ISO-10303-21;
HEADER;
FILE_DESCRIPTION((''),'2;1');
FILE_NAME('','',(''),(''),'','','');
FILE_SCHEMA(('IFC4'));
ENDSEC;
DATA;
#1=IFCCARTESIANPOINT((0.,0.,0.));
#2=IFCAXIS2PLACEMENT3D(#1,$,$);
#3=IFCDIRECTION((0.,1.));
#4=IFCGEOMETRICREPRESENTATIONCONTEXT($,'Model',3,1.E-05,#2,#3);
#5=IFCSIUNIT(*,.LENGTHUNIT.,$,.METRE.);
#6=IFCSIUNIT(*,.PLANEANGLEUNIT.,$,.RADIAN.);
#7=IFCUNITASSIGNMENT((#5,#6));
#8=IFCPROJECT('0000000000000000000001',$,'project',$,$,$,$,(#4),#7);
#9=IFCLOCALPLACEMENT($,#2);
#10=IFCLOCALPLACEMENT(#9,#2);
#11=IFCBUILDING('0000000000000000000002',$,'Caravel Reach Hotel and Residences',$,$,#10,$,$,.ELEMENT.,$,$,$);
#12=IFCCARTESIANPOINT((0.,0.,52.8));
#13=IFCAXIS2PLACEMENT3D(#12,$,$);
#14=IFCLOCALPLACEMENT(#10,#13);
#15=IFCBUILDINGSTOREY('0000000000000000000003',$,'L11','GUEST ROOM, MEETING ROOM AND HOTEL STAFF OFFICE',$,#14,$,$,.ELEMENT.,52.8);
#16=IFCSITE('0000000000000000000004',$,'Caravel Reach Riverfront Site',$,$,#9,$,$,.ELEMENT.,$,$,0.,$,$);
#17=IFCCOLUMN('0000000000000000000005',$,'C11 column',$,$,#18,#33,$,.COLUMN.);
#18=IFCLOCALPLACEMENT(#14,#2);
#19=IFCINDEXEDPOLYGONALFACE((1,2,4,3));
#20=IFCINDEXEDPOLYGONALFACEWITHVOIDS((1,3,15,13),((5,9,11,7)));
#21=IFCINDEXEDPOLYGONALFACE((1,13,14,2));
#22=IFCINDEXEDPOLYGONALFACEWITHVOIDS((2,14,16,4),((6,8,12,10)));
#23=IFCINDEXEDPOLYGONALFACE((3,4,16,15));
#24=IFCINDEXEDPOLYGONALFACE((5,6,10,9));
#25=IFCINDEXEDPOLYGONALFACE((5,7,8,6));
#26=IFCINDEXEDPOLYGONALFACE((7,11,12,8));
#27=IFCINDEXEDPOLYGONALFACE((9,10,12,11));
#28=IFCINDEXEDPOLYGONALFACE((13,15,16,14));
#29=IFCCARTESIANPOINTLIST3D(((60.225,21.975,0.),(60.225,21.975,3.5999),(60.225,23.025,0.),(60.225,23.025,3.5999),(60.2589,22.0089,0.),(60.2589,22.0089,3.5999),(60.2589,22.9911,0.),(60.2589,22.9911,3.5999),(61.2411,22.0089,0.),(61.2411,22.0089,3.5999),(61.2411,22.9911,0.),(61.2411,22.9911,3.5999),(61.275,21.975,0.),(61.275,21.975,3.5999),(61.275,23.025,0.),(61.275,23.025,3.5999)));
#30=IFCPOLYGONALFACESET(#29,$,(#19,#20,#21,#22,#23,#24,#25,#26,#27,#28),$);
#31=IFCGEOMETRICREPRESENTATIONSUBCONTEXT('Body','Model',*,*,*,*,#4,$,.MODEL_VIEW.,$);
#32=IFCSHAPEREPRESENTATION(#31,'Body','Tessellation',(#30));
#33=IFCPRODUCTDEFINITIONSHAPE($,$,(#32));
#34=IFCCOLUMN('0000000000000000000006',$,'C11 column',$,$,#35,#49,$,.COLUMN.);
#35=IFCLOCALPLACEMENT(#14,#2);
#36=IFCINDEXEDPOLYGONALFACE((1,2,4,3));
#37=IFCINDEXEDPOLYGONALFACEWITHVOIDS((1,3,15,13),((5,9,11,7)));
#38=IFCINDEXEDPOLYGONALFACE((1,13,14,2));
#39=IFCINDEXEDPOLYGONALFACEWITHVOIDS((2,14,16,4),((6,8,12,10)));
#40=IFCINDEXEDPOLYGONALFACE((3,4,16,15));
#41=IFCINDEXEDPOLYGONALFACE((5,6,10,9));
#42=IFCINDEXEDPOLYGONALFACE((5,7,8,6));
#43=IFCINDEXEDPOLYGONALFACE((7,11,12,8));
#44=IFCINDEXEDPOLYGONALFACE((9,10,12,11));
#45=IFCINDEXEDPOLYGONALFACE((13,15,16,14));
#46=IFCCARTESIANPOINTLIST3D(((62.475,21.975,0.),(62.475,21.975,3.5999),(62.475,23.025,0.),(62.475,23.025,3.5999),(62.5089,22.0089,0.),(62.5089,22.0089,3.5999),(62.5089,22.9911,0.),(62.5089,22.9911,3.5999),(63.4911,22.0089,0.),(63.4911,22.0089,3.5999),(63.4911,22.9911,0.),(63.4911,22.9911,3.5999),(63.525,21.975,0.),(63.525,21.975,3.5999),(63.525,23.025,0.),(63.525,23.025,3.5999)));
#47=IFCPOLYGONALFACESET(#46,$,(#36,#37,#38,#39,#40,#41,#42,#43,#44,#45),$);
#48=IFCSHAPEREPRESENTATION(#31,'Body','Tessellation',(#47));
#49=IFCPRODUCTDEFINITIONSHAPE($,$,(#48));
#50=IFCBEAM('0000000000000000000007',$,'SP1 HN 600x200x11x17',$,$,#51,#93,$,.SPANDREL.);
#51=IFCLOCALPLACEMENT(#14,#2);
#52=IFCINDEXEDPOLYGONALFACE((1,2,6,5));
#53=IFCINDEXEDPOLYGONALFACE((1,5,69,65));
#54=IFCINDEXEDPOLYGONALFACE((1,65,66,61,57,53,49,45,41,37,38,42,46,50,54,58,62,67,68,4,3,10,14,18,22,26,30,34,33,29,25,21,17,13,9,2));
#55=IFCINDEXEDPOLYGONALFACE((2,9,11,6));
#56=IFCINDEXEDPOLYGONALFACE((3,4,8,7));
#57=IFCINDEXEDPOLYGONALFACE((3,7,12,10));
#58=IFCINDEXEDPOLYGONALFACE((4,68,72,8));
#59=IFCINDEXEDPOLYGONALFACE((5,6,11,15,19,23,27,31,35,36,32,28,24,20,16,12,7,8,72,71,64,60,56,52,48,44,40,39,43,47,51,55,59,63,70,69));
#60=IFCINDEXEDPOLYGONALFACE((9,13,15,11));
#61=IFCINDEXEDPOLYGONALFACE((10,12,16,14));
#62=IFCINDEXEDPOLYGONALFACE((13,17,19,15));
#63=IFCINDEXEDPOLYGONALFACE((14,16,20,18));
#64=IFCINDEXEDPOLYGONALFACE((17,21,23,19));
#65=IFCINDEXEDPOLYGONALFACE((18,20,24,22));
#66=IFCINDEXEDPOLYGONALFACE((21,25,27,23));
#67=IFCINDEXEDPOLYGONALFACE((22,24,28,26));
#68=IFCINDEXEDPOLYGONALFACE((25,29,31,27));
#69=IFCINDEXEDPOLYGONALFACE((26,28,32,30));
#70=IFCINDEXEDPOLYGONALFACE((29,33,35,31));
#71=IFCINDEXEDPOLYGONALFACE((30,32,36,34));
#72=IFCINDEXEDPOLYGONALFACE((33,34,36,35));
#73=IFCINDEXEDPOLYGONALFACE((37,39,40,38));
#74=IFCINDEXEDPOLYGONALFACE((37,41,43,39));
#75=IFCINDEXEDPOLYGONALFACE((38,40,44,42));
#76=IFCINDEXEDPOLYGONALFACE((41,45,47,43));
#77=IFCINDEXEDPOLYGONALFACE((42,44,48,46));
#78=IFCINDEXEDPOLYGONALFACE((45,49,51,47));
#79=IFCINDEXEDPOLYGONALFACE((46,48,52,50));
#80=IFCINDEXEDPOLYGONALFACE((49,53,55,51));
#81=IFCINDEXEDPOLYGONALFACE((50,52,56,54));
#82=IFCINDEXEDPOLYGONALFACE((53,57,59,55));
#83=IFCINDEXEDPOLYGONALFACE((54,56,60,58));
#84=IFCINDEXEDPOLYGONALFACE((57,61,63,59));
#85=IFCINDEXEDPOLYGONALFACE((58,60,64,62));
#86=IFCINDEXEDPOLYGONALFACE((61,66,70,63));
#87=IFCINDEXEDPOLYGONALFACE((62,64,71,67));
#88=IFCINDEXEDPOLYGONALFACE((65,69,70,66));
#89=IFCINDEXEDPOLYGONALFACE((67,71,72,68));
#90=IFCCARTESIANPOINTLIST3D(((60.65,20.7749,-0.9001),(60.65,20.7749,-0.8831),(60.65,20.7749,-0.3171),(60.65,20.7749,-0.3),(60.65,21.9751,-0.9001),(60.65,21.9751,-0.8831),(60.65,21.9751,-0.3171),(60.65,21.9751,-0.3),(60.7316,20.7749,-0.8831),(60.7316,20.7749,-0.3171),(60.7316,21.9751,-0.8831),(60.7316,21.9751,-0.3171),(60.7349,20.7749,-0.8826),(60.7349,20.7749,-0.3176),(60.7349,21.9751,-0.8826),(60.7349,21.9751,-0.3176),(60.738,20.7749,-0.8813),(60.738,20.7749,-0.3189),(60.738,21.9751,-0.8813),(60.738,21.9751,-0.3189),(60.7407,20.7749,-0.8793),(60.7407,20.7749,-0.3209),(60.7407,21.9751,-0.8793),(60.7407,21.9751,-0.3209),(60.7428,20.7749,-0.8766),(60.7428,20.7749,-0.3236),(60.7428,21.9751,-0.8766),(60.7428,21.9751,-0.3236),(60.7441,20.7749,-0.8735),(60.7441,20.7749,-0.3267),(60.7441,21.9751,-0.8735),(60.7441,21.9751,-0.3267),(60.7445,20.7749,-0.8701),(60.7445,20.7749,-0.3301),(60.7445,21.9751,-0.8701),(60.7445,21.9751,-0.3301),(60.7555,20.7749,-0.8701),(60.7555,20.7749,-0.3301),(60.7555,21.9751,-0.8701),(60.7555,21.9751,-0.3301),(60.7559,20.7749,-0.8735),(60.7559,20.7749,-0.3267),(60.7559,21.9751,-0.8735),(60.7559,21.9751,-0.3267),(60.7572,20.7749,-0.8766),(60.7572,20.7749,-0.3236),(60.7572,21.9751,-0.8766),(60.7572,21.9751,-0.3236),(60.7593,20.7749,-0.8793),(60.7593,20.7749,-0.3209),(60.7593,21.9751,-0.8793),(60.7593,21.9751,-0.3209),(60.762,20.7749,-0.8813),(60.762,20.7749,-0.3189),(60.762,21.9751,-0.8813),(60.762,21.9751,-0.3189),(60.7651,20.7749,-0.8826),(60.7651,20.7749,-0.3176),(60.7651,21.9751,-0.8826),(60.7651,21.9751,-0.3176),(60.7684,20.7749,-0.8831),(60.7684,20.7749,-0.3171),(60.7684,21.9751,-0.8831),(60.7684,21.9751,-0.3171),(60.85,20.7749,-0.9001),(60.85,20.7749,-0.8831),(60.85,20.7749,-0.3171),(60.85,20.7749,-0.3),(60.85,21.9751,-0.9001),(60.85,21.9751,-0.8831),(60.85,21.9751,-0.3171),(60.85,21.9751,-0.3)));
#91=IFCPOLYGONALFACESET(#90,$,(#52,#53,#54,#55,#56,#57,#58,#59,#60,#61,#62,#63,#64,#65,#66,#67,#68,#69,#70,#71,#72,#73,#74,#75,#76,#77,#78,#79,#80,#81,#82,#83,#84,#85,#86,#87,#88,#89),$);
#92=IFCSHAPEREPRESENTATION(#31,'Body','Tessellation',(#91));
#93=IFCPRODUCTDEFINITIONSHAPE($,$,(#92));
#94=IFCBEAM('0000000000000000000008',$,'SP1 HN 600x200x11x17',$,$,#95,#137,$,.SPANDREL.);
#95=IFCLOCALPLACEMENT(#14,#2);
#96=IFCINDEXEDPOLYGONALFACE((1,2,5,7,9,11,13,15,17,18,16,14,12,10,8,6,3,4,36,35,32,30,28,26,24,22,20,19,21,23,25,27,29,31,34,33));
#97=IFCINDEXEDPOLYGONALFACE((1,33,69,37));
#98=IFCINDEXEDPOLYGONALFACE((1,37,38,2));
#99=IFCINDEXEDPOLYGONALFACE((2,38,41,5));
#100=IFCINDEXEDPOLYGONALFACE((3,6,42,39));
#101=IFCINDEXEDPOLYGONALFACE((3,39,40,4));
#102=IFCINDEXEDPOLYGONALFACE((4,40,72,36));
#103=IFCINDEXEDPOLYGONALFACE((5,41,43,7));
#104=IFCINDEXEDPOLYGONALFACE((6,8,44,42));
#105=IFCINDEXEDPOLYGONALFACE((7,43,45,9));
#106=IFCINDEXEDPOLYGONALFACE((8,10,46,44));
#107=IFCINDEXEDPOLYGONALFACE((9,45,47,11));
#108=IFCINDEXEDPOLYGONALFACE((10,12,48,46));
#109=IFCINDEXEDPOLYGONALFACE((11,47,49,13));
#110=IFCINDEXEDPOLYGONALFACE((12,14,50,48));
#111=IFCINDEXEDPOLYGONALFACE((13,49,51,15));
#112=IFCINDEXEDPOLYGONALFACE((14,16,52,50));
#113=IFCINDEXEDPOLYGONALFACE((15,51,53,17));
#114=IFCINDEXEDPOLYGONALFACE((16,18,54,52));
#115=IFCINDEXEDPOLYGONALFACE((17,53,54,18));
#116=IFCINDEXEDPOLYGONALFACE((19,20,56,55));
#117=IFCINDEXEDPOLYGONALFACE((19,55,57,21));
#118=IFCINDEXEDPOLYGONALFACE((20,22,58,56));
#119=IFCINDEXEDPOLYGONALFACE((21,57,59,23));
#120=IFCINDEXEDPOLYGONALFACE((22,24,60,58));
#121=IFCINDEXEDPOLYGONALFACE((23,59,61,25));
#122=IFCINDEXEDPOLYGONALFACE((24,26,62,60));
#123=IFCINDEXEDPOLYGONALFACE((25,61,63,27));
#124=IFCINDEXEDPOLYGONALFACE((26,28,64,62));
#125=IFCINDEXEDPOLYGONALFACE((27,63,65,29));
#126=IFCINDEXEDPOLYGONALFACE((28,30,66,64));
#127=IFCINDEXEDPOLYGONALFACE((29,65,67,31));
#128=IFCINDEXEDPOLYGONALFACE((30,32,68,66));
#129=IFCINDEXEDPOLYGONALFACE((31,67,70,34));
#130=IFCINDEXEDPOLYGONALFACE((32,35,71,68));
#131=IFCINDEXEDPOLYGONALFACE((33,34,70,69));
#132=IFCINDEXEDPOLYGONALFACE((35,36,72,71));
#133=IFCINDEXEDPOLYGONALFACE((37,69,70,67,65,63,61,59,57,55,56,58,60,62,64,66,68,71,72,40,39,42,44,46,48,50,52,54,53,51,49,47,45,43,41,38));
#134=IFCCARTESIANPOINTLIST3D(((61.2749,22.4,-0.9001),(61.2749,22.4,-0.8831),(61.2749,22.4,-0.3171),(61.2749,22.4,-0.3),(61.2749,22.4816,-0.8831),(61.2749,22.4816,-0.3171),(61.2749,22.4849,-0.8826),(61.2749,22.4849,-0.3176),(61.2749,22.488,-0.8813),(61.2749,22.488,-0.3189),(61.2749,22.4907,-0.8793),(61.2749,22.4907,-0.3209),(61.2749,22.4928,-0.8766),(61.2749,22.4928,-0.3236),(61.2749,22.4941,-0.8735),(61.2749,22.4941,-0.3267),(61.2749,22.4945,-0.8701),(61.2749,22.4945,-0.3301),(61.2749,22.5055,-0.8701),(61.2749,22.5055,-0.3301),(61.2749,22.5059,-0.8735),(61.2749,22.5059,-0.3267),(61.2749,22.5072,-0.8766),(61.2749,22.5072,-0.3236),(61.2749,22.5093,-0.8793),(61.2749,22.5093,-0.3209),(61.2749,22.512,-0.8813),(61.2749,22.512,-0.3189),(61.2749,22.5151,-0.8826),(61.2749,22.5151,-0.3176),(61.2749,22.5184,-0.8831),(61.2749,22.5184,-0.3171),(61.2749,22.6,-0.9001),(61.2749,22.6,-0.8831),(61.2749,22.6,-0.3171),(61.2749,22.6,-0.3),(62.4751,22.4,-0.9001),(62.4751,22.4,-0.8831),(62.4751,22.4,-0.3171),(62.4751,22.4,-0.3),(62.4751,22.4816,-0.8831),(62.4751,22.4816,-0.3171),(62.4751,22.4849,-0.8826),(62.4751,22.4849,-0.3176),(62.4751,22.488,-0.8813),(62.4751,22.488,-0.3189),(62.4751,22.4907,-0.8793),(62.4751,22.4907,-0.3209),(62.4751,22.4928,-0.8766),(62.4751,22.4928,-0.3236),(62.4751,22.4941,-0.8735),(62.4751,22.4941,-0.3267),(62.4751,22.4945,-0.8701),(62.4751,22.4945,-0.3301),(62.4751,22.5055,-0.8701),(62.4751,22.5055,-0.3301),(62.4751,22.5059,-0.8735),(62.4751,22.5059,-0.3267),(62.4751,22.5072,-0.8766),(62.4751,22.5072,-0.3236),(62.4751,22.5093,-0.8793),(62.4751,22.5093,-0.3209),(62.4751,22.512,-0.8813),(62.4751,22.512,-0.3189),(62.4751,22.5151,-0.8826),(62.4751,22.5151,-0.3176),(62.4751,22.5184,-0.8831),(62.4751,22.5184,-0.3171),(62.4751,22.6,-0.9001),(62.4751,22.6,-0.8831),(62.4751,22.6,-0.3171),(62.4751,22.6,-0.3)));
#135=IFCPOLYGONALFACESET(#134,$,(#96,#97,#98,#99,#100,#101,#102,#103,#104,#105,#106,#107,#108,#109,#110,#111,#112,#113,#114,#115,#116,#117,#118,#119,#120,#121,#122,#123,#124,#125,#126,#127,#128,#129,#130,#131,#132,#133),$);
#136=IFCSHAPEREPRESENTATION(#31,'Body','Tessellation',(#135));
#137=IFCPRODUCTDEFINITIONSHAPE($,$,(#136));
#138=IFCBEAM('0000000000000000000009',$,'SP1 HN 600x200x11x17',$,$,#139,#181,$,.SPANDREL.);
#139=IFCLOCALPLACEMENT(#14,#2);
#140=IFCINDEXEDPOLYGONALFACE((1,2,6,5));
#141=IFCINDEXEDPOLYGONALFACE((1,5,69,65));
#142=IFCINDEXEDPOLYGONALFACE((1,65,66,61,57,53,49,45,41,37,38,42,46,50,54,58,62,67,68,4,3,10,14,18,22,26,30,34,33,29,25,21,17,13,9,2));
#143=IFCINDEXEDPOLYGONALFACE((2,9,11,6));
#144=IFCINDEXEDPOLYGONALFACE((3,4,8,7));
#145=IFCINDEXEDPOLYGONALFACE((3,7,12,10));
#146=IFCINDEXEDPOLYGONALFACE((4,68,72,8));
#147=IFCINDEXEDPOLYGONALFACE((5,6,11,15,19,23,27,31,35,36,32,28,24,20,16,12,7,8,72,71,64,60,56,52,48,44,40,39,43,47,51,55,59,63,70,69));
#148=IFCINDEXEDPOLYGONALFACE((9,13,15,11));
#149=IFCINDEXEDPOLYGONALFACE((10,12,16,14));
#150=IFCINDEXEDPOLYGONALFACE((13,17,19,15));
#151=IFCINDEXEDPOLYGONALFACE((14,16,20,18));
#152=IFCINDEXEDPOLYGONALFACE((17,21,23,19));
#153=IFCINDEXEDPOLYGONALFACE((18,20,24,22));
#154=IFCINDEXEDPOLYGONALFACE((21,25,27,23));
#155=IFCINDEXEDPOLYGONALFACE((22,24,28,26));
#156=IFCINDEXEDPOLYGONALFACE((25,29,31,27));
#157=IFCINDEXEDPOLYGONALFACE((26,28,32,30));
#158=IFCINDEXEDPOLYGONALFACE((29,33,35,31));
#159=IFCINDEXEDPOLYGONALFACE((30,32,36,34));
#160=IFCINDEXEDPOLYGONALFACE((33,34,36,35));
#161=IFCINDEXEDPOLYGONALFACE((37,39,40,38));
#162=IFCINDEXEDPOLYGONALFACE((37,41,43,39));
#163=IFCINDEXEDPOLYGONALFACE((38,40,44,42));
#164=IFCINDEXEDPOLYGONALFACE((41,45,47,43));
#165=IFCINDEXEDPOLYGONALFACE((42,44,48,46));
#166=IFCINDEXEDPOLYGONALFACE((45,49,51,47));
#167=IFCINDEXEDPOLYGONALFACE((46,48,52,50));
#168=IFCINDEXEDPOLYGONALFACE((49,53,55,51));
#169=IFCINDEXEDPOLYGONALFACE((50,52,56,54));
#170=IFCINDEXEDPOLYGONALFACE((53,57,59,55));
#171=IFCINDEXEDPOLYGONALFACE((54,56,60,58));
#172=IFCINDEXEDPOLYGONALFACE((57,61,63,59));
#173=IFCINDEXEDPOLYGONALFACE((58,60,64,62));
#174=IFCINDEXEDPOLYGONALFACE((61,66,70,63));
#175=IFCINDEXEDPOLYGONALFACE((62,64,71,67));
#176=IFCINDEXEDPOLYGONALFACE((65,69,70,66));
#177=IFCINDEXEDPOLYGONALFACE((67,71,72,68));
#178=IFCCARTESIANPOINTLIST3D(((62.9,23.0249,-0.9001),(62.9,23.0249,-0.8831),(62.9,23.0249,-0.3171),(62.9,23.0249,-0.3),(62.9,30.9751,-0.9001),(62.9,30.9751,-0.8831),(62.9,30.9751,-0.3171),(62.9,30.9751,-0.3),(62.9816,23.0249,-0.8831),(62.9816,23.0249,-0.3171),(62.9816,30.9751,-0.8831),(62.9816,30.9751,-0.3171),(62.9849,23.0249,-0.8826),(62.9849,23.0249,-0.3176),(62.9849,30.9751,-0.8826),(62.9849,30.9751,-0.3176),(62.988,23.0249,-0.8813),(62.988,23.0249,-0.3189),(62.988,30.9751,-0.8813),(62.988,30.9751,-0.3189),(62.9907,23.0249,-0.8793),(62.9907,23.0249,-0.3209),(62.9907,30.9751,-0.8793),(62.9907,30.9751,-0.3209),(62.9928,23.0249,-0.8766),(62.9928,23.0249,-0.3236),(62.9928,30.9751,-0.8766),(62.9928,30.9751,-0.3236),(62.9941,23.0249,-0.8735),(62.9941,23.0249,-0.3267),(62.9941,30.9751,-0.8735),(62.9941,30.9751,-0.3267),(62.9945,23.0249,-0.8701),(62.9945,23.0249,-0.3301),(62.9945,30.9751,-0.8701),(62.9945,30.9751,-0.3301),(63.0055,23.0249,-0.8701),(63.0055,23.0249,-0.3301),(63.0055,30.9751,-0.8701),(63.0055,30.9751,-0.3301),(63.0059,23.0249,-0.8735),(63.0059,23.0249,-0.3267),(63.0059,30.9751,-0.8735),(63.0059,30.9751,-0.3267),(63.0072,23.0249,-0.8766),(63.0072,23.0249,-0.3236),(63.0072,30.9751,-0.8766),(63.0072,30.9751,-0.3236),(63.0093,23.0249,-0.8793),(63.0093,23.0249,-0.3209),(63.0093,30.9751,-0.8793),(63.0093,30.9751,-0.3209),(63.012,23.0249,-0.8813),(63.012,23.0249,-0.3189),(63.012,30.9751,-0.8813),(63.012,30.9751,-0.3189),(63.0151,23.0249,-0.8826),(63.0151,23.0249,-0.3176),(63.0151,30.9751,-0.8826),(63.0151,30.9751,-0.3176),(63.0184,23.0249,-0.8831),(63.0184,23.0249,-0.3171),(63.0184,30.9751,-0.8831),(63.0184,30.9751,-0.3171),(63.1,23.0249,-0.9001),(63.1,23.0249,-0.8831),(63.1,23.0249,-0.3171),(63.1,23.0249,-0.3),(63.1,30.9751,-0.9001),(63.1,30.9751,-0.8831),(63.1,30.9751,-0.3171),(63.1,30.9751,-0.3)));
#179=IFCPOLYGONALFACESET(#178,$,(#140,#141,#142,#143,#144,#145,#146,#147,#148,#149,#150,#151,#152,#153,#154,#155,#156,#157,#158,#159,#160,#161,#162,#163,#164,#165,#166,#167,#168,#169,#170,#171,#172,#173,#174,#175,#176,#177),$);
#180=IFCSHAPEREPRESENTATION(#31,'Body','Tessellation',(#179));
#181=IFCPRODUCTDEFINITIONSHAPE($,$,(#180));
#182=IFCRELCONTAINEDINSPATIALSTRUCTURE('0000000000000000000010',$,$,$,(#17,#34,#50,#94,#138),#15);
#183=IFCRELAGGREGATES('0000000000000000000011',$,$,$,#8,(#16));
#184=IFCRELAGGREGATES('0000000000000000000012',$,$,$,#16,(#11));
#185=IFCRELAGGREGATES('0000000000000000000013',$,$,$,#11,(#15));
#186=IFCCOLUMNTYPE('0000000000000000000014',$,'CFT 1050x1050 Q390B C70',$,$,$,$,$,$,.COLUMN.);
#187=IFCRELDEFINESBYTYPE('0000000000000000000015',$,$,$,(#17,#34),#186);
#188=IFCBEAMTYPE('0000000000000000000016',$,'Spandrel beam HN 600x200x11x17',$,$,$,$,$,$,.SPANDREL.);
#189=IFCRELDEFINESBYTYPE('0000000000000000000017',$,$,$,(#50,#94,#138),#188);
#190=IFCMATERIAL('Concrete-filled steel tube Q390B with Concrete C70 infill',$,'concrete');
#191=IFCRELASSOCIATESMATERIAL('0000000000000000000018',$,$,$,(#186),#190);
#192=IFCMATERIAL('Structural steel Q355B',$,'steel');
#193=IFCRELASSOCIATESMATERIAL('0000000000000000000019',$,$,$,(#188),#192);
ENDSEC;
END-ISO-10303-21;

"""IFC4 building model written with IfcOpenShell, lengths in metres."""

from ifc_helpers import new_model, si_unit, direction, frame, origin, origin_2d, place, context, subcontext, project, spatial, hollow_rectangle, i_section, extrude, material, material_profile, profile_set, type_object, element, save


model = new_model("IFC4")

# Units and contexts
model_context = context("Model", 3, precision=1e-05, world=origin(), true_north=direction((0.0, 1.0)))
body_context = subcontext(model_context, "Body", "Model", "MODEL_VIEW")
ifc_project = project(units=[si_unit("LENGTHUNIT", "METRE"), si_unit("PLANEANGLEUNIT", "RADIAN")], contexts=[model_context])

# Site, building, storey
site_placement = place(None, origin())
site = spatial("IfcSite", under=ifc_project, at=site_placement, Name="Caravel Reach Riverfront Site", CompositionType="ELEMENT", RefElevation=0.0)
building_placement = place(site_placement, origin())
building = spatial("IfcBuilding", under=site, at=building_placement, Name="Caravel Reach Hotel and Residences", CompositionType="ELEMENT")
storey_placement = place(building_placement, frame((0.0, 0.0, 52.8)))
storey = spatial("IfcBuildingStorey", under=building, at=storey_placement, Name="L11", Description="GUEST ROOM, MEETING ROOM AND HOTEL STAFF OFFICE", CompositionType="ELEMENT", Elevation=52.8)

# Columns
ifc_material_1 = material(Name="Concrete-filled steel tube Q390B with Concrete C70 infill", Category="concrete")
ifc_material_profile_1 = material_profile(ifc_material_1, hollow_rectangle(XDim=1.05, YDim=1.05, WallThickness=0.0339, at=origin_2d()), Name="RHS 1050x1050x34")
ifc_profile_set_1 = profile_set([ifc_material_profile_1], Name="Concrete-filled steel tube Q390B with Concrete C70 infill")
column_type = type_object("IfcColumnType", Name="CFT 1050x1050 Q390B C70", PredefinedType="COLUMN", material=ifc_profile_set_1)
for number, where, z_axis, x_axis, name in (
    (1, (60.75, 22.5, 0.0), (0.0, 0.0, 1.0), (1.0, 0.0, 0.0), "C11 column"),
    (2, (63.0, 22.5, 0.0), (0.0, 0.0, 1.0), (1.0, 0.0, 0.0), "C11 column"),
):
    element("IfcColumn", number, at=place(storey_placement, frame(where, z_axis=z_axis, x_axis=x_axis)), inside=storey, type_object=column_type, Name=name, PredefinedType="COLUMN", context=body_context, shape_type="SweptSolid", body=[
        extrude(hollow_rectangle(XDim=1.05, YDim=1.05, WallThickness=0.0339, at=origin_2d()), origin(), (0.0, 0.0, 1.0), 3.5999),
    ])

# Beams
ifc_material_2 = material(Name="Structural steel Q355B", Category="steel")
ifc_material_profile_2 = material_profile(ifc_material_2, i_section(OverallWidth=0.2, OverallDepth=0.6001, WebThickness=0.011, FlangeThickness=0.0171, FilletRadius=0.0129, at=origin_2d()), Name="HN 600x200x11x17")
ifc_profile_set_2 = profile_set([ifc_material_profile_2], Name="Structural steel Q355B")
beam_type = type_object("IfcBeamType", Name="Spandrel beam HN 600x200x11x17", PredefinedType="SPANDREL", material=ifc_profile_set_2)
for number, where, z_axis, x_axis, name in (
    (3, (60.75, 20.7749, -0.6001), (0.0, 1.0, 0.0), (-1.0, 0.0, 0.0), "SP1 HN 600x200x11x17"),
    (4, (61.2749, 22.5, -0.6001), (1.0, 0.0, 0.0), (0.0, 1.0, 0.0), "SP1 HN 600x200x11x17"),
):
    element("IfcBeam", number, at=place(storey_placement, frame(where, z_axis=z_axis, x_axis=x_axis)), inside=storey, type_object=beam_type, Name=name, PredefinedType="SPANDREL", context=body_context, shape_type="SweptSolid", body=[
        extrude(i_section(OverallWidth=0.2, OverallDepth=0.6001, WebThickness=0.011, FlangeThickness=0.0171, FilletRadius=0.0129, at=origin_2d()), origin(), (0.0, 0.0, 1.0), 1.2002),
    ])
beam_placement = place(storey_placement, frame((63.0, 23.0249, -0.6001), z_axis=(0.0, 1.0, 0.0), x_axis=(-1.0, 0.0, 0.0)))
element("IfcBeam", 5, at=beam_placement, inside=storey, type_object=beam_type, Name="SP1 HN 600x200x11x17", PredefinedType="SPANDREL", context=body_context, shape_type="SweptSolid", body=[
    extrude(i_section(OverallWidth=0.2, OverallDepth=0.6001, WebThickness=0.011, FlangeThickness=0.0171, FilletRadius=0.0129, at=origin_2d()), origin(), (0.0, 0.0, 1.0), 7.9502),
])

save(model, "model.ifc")
